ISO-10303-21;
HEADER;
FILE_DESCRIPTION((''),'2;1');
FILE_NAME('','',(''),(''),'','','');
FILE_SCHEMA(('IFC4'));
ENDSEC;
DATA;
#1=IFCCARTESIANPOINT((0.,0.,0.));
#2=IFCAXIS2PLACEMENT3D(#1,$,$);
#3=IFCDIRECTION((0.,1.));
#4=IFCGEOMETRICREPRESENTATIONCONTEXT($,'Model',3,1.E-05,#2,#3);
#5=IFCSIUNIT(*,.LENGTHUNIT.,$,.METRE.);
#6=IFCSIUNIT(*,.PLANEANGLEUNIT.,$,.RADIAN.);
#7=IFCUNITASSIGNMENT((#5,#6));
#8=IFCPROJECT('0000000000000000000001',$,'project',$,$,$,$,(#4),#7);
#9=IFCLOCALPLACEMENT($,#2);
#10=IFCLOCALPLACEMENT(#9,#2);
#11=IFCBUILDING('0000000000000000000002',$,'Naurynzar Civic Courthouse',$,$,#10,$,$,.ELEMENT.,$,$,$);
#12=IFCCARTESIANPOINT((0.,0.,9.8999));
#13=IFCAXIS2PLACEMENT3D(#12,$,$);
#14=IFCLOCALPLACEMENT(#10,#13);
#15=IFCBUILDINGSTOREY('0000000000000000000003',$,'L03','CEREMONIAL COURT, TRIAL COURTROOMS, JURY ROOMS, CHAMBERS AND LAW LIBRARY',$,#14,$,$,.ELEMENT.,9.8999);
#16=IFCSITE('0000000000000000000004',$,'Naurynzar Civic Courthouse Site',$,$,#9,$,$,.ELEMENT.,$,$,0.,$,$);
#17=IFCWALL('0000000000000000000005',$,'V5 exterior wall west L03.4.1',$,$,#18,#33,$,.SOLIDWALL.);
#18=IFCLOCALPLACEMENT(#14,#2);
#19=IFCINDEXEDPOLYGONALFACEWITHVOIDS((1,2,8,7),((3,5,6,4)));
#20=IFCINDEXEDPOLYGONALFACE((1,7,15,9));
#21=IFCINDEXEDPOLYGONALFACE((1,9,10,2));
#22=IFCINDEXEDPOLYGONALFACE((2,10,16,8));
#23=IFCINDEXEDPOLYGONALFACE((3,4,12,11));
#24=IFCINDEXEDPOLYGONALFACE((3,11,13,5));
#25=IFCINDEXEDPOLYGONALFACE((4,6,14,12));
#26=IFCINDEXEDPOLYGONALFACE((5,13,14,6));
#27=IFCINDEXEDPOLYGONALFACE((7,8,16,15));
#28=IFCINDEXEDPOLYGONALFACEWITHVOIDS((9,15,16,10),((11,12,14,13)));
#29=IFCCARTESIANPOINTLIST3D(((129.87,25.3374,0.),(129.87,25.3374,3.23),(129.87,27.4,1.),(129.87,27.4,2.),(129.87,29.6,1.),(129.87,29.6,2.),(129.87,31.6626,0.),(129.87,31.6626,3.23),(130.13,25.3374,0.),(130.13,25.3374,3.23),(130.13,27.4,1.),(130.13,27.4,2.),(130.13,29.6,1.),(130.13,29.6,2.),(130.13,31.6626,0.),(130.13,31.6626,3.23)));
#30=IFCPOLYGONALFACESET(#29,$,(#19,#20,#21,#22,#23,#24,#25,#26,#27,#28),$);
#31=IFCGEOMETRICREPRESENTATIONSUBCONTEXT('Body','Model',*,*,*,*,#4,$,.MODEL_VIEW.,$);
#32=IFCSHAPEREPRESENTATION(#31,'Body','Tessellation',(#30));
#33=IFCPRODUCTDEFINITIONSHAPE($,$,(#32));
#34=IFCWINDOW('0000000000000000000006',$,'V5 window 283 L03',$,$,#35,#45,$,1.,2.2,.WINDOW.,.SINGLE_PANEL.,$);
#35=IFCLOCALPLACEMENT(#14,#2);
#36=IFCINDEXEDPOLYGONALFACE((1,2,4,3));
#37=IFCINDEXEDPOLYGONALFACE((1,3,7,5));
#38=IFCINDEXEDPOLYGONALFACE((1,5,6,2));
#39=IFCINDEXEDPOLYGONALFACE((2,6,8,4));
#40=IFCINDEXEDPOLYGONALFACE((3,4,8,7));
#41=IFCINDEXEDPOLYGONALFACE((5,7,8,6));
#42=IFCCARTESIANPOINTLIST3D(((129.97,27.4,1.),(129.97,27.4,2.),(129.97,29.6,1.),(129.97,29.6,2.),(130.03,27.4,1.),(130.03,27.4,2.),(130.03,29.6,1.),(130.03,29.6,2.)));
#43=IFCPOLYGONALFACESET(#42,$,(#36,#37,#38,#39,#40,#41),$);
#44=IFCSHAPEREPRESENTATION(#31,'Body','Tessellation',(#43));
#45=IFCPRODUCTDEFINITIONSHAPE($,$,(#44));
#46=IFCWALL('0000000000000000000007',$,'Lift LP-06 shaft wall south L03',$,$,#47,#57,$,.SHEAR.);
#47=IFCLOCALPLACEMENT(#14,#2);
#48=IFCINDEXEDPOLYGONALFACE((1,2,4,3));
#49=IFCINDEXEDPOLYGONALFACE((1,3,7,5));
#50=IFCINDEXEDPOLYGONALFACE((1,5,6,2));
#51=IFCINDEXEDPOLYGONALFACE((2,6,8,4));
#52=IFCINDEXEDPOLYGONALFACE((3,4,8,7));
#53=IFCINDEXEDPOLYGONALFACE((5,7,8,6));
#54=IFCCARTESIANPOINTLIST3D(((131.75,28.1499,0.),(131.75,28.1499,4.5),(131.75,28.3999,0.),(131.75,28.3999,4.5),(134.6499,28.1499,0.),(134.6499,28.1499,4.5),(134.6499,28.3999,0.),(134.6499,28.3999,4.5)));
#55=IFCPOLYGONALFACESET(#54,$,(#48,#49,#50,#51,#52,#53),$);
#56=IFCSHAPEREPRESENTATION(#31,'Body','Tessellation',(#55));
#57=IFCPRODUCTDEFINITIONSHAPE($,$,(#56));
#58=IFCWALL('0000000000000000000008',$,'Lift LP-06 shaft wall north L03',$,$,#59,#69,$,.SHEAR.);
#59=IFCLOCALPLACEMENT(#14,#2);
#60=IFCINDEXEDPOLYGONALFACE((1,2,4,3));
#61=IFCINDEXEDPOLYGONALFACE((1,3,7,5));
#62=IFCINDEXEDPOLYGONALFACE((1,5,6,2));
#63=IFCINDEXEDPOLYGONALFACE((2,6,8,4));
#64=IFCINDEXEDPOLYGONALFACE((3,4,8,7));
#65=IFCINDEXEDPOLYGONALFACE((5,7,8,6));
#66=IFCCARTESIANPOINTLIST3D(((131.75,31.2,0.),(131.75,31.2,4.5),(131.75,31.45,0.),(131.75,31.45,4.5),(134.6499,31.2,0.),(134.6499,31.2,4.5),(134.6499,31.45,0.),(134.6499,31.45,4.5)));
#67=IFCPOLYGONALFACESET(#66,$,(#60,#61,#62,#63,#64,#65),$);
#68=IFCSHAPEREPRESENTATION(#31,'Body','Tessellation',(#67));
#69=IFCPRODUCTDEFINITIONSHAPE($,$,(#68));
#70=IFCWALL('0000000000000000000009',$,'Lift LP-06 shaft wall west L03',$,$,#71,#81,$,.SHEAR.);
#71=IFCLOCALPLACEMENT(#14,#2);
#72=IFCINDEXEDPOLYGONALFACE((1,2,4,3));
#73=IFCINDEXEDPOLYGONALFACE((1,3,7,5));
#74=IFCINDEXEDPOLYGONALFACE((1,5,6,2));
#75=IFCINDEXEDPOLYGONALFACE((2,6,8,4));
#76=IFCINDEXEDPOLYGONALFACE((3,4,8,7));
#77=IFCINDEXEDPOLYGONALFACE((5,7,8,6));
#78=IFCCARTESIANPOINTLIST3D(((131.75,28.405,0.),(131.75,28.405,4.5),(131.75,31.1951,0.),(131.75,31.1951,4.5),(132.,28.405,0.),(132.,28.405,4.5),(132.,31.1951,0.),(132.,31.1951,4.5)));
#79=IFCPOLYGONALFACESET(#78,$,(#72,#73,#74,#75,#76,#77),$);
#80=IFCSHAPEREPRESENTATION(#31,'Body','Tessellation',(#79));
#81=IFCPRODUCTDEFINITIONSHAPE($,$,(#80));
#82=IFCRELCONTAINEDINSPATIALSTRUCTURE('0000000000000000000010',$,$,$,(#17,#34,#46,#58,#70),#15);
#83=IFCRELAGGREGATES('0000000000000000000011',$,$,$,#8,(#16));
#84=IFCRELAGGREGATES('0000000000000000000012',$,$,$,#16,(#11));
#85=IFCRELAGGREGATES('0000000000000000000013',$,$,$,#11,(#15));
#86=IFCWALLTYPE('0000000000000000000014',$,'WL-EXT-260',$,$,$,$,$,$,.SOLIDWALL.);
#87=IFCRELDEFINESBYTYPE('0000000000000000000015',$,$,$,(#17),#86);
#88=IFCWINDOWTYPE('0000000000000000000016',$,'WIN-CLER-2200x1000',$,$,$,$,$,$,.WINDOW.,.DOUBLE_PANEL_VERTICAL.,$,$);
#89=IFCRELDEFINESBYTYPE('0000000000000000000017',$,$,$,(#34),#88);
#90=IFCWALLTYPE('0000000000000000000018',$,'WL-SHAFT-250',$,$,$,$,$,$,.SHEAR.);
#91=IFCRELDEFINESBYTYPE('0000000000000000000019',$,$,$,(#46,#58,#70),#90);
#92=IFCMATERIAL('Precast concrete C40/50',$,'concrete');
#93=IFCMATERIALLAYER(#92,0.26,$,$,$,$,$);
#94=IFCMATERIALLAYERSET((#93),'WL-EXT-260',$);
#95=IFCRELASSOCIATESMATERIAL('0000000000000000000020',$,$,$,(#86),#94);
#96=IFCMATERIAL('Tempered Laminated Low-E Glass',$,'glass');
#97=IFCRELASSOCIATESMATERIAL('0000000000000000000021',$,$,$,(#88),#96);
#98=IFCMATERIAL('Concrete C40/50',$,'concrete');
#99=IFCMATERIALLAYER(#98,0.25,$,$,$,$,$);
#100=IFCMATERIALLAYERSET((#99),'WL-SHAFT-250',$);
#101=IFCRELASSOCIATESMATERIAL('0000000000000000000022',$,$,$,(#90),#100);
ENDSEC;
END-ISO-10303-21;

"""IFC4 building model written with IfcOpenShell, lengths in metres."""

from ifc_helpers import new_model, si_unit, direction, frame, frame_2d, origin, place, context, subcontext, project, spatial, rectangle, extrude, material, layer, layer_set, type_object, element, fill, save


model = new_model("IFC4")

# Units and contexts
model_context = context("Model", 3, precision=1e-05, world=origin(), true_north=direction((0.0, 1.0)))
body_context = subcontext(model_context, "Body", "Model", "MODEL_VIEW")
ifc_project = project(units=[si_unit("LENGTHUNIT", "METRE"), si_unit("PLANEANGLEUNIT", "RADIAN")], contexts=[model_context])

# Site, building, storey
site_placement = place(None, origin())
site = spatial("IfcSite", under=ifc_project, at=site_placement, Name="Naurynzar Civic Courthouse Site", CompositionType="ELEMENT", RefElevation=0.0)
building_placement = place(site_placement, origin())
building = spatial("IfcBuilding", under=site, at=building_placement, Name="Naurynzar Civic Courthouse", CompositionType="ELEMENT")
storey_placement = place(building_placement, frame((0.0, 0.0, 9.8999)))
storey = spatial("IfcBuildingStorey", under=building, at=storey_placement, Name="L03", Description="CEREMONIAL COURT, TRIAL COURTROOMS, JURY ROOMS, CHAMBERS AND LAW LIBRARY", CompositionType="ELEMENT", Elevation=9.8999)

# Wall, opening, window
ifc_material_1 = material(Name="Precast concrete C40/50", Category="concrete")
ifc_layer_1 = layer(ifc_material_1, 0.26)
ifc_layer_set_1 = layer_set([ifc_layer_1], Name="WL-EXT-260")
wall_type_1 = type_object("IfcWallType", Name="WL-EXT-260", PredefinedType="SOLIDWALL", material=ifc_layer_set_1)
wall_1_placement = place(storey_placement, frame((130.0, 25.3374, 0.0), z_axis=(0.0, 0.0, 1.0), x_axis=(0.0, 1.0, 0.0)))
wall_1 = element("IfcWall", 1, at=wall_1_placement, inside=storey, type_object=wall_type_1, Name="V5 exterior wall west L03.4.1", PredefinedType="SOLIDWALL", context=body_context, shape_type="SweptSolid", body=[
    extrude(rectangle(XDim=6.3252, YDim=0.26, at=frame_2d((3.1626, 0.0))), origin(), (0.0, 0.0, 1.0), 3.23),
])
opening_1_placement = place(wall_1_placement, frame((2.0625, 0.0, 1.0)))
opening_1 = element("IfcOpeningElement", 2, at=opening_1_placement, cuts=wall_1, PredefinedType="OPENING", context=body_context, shape_type="SweptSolid", body=[
    extrude(rectangle(XDim=2.2, YDim=1.0, at=frame_2d((1.1001, 0.5))), frame((0.0, 0.1399, 0.0), z_axis=(0.0, -1.0, 0.0), x_axis=(1.0, 0.0, 0.0)), (0.0, 0.0, 1.0), 0.28),
])
ifc_material_2 = material(Name="Tempered Laminated Low-E Glass", Category="glass")
window_type = type_object("IfcWindowType", Name="WIN-CLER-2200x1000", PartitioningType="DOUBLE_PANEL_VERTICAL", PredefinedType="WINDOW", material=ifc_material_2)
window_placement = place(opening_1_placement, origin())
window = element("IfcWindow", 3, at=window_placement, inside=storey, type_object=window_type, Name="V5 window 283 L03", OverallHeight=1.0, OverallWidth=2.2, PartitioningType="SINGLE_PANEL", PredefinedType="WINDOW", context=body_context, shape_type="SweptSolid", body=[
    extrude(rectangle(XDim=2.2, YDim=1.0, at=frame_2d((1.1001, 0.5))), frame((0.0, 0.03, 0.0), z_axis=(0.0, -1.0, 0.0), x_axis=(1.0, 0.0, 0.0)), (0.0, 0.0, 1.0), 0.0601),
])
fill(opening_1, window)

# Walls
ifc_material_3 = material(Name="Concrete C40/50", Category="concrete")
ifc_layer_2 = layer(ifc_material_3, 0.25)
ifc_layer_set_2 = layer_set([ifc_layer_2], Name="WL-SHAFT-250")
wall_type_2 = type_object("IfcWallType", Name="WL-SHAFT-250", PredefinedType="SHEAR", material=ifc_layer_set_2)
for number, where, z_axis, x_axis, name in (
    (4, (131.75, 28.2749, 0.0), (0.0, 0.0, 1.0), (1.0, 0.0, 0.0), "Lift LP-06 shaft wall south L03"),
    (5, (134.6499, 31.325, 0.0), (0.0, 0.0, 1.0), (-1.0, 0.0, 0.0), "Lift LP-06 shaft wall north L03"),
):
    element("IfcWall", number, at=place(storey_placement, frame(where, z_axis=z_axis, x_axis=x_axis)), inside=storey, type_object=wall_type_2, Name=name, PredefinedType="SHEAR", context=body_context, shape_type="SweptSolid", body=[
        extrude(rectangle(XDim=2.8999, YDim=0.25, at=frame_2d((1.45, 0.0))), origin(), (0.0, 0.0, 1.0), 4.5),
    ])
wall_2_placement = place(storey_placement, frame((131.875, 31.1951, 0.0), z_axis=(0.0, 0.0, 1.0), x_axis=(0.0, -1.0, 0.0)))
element("IfcWall", 6, at=wall_2_placement, inside=storey, type_object=wall_type_2, Name="Lift LP-06 shaft wall west L03", PredefinedType="SHEAR", context=body_context, shape_type="SweptSolid", body=[
    extrude(rectangle(XDim=2.79, YDim=0.25, at=frame_2d((1.395, 0.0))), origin(), (0.0, 0.0, 1.0), 4.5),
])

save(model, "model.ifc")
